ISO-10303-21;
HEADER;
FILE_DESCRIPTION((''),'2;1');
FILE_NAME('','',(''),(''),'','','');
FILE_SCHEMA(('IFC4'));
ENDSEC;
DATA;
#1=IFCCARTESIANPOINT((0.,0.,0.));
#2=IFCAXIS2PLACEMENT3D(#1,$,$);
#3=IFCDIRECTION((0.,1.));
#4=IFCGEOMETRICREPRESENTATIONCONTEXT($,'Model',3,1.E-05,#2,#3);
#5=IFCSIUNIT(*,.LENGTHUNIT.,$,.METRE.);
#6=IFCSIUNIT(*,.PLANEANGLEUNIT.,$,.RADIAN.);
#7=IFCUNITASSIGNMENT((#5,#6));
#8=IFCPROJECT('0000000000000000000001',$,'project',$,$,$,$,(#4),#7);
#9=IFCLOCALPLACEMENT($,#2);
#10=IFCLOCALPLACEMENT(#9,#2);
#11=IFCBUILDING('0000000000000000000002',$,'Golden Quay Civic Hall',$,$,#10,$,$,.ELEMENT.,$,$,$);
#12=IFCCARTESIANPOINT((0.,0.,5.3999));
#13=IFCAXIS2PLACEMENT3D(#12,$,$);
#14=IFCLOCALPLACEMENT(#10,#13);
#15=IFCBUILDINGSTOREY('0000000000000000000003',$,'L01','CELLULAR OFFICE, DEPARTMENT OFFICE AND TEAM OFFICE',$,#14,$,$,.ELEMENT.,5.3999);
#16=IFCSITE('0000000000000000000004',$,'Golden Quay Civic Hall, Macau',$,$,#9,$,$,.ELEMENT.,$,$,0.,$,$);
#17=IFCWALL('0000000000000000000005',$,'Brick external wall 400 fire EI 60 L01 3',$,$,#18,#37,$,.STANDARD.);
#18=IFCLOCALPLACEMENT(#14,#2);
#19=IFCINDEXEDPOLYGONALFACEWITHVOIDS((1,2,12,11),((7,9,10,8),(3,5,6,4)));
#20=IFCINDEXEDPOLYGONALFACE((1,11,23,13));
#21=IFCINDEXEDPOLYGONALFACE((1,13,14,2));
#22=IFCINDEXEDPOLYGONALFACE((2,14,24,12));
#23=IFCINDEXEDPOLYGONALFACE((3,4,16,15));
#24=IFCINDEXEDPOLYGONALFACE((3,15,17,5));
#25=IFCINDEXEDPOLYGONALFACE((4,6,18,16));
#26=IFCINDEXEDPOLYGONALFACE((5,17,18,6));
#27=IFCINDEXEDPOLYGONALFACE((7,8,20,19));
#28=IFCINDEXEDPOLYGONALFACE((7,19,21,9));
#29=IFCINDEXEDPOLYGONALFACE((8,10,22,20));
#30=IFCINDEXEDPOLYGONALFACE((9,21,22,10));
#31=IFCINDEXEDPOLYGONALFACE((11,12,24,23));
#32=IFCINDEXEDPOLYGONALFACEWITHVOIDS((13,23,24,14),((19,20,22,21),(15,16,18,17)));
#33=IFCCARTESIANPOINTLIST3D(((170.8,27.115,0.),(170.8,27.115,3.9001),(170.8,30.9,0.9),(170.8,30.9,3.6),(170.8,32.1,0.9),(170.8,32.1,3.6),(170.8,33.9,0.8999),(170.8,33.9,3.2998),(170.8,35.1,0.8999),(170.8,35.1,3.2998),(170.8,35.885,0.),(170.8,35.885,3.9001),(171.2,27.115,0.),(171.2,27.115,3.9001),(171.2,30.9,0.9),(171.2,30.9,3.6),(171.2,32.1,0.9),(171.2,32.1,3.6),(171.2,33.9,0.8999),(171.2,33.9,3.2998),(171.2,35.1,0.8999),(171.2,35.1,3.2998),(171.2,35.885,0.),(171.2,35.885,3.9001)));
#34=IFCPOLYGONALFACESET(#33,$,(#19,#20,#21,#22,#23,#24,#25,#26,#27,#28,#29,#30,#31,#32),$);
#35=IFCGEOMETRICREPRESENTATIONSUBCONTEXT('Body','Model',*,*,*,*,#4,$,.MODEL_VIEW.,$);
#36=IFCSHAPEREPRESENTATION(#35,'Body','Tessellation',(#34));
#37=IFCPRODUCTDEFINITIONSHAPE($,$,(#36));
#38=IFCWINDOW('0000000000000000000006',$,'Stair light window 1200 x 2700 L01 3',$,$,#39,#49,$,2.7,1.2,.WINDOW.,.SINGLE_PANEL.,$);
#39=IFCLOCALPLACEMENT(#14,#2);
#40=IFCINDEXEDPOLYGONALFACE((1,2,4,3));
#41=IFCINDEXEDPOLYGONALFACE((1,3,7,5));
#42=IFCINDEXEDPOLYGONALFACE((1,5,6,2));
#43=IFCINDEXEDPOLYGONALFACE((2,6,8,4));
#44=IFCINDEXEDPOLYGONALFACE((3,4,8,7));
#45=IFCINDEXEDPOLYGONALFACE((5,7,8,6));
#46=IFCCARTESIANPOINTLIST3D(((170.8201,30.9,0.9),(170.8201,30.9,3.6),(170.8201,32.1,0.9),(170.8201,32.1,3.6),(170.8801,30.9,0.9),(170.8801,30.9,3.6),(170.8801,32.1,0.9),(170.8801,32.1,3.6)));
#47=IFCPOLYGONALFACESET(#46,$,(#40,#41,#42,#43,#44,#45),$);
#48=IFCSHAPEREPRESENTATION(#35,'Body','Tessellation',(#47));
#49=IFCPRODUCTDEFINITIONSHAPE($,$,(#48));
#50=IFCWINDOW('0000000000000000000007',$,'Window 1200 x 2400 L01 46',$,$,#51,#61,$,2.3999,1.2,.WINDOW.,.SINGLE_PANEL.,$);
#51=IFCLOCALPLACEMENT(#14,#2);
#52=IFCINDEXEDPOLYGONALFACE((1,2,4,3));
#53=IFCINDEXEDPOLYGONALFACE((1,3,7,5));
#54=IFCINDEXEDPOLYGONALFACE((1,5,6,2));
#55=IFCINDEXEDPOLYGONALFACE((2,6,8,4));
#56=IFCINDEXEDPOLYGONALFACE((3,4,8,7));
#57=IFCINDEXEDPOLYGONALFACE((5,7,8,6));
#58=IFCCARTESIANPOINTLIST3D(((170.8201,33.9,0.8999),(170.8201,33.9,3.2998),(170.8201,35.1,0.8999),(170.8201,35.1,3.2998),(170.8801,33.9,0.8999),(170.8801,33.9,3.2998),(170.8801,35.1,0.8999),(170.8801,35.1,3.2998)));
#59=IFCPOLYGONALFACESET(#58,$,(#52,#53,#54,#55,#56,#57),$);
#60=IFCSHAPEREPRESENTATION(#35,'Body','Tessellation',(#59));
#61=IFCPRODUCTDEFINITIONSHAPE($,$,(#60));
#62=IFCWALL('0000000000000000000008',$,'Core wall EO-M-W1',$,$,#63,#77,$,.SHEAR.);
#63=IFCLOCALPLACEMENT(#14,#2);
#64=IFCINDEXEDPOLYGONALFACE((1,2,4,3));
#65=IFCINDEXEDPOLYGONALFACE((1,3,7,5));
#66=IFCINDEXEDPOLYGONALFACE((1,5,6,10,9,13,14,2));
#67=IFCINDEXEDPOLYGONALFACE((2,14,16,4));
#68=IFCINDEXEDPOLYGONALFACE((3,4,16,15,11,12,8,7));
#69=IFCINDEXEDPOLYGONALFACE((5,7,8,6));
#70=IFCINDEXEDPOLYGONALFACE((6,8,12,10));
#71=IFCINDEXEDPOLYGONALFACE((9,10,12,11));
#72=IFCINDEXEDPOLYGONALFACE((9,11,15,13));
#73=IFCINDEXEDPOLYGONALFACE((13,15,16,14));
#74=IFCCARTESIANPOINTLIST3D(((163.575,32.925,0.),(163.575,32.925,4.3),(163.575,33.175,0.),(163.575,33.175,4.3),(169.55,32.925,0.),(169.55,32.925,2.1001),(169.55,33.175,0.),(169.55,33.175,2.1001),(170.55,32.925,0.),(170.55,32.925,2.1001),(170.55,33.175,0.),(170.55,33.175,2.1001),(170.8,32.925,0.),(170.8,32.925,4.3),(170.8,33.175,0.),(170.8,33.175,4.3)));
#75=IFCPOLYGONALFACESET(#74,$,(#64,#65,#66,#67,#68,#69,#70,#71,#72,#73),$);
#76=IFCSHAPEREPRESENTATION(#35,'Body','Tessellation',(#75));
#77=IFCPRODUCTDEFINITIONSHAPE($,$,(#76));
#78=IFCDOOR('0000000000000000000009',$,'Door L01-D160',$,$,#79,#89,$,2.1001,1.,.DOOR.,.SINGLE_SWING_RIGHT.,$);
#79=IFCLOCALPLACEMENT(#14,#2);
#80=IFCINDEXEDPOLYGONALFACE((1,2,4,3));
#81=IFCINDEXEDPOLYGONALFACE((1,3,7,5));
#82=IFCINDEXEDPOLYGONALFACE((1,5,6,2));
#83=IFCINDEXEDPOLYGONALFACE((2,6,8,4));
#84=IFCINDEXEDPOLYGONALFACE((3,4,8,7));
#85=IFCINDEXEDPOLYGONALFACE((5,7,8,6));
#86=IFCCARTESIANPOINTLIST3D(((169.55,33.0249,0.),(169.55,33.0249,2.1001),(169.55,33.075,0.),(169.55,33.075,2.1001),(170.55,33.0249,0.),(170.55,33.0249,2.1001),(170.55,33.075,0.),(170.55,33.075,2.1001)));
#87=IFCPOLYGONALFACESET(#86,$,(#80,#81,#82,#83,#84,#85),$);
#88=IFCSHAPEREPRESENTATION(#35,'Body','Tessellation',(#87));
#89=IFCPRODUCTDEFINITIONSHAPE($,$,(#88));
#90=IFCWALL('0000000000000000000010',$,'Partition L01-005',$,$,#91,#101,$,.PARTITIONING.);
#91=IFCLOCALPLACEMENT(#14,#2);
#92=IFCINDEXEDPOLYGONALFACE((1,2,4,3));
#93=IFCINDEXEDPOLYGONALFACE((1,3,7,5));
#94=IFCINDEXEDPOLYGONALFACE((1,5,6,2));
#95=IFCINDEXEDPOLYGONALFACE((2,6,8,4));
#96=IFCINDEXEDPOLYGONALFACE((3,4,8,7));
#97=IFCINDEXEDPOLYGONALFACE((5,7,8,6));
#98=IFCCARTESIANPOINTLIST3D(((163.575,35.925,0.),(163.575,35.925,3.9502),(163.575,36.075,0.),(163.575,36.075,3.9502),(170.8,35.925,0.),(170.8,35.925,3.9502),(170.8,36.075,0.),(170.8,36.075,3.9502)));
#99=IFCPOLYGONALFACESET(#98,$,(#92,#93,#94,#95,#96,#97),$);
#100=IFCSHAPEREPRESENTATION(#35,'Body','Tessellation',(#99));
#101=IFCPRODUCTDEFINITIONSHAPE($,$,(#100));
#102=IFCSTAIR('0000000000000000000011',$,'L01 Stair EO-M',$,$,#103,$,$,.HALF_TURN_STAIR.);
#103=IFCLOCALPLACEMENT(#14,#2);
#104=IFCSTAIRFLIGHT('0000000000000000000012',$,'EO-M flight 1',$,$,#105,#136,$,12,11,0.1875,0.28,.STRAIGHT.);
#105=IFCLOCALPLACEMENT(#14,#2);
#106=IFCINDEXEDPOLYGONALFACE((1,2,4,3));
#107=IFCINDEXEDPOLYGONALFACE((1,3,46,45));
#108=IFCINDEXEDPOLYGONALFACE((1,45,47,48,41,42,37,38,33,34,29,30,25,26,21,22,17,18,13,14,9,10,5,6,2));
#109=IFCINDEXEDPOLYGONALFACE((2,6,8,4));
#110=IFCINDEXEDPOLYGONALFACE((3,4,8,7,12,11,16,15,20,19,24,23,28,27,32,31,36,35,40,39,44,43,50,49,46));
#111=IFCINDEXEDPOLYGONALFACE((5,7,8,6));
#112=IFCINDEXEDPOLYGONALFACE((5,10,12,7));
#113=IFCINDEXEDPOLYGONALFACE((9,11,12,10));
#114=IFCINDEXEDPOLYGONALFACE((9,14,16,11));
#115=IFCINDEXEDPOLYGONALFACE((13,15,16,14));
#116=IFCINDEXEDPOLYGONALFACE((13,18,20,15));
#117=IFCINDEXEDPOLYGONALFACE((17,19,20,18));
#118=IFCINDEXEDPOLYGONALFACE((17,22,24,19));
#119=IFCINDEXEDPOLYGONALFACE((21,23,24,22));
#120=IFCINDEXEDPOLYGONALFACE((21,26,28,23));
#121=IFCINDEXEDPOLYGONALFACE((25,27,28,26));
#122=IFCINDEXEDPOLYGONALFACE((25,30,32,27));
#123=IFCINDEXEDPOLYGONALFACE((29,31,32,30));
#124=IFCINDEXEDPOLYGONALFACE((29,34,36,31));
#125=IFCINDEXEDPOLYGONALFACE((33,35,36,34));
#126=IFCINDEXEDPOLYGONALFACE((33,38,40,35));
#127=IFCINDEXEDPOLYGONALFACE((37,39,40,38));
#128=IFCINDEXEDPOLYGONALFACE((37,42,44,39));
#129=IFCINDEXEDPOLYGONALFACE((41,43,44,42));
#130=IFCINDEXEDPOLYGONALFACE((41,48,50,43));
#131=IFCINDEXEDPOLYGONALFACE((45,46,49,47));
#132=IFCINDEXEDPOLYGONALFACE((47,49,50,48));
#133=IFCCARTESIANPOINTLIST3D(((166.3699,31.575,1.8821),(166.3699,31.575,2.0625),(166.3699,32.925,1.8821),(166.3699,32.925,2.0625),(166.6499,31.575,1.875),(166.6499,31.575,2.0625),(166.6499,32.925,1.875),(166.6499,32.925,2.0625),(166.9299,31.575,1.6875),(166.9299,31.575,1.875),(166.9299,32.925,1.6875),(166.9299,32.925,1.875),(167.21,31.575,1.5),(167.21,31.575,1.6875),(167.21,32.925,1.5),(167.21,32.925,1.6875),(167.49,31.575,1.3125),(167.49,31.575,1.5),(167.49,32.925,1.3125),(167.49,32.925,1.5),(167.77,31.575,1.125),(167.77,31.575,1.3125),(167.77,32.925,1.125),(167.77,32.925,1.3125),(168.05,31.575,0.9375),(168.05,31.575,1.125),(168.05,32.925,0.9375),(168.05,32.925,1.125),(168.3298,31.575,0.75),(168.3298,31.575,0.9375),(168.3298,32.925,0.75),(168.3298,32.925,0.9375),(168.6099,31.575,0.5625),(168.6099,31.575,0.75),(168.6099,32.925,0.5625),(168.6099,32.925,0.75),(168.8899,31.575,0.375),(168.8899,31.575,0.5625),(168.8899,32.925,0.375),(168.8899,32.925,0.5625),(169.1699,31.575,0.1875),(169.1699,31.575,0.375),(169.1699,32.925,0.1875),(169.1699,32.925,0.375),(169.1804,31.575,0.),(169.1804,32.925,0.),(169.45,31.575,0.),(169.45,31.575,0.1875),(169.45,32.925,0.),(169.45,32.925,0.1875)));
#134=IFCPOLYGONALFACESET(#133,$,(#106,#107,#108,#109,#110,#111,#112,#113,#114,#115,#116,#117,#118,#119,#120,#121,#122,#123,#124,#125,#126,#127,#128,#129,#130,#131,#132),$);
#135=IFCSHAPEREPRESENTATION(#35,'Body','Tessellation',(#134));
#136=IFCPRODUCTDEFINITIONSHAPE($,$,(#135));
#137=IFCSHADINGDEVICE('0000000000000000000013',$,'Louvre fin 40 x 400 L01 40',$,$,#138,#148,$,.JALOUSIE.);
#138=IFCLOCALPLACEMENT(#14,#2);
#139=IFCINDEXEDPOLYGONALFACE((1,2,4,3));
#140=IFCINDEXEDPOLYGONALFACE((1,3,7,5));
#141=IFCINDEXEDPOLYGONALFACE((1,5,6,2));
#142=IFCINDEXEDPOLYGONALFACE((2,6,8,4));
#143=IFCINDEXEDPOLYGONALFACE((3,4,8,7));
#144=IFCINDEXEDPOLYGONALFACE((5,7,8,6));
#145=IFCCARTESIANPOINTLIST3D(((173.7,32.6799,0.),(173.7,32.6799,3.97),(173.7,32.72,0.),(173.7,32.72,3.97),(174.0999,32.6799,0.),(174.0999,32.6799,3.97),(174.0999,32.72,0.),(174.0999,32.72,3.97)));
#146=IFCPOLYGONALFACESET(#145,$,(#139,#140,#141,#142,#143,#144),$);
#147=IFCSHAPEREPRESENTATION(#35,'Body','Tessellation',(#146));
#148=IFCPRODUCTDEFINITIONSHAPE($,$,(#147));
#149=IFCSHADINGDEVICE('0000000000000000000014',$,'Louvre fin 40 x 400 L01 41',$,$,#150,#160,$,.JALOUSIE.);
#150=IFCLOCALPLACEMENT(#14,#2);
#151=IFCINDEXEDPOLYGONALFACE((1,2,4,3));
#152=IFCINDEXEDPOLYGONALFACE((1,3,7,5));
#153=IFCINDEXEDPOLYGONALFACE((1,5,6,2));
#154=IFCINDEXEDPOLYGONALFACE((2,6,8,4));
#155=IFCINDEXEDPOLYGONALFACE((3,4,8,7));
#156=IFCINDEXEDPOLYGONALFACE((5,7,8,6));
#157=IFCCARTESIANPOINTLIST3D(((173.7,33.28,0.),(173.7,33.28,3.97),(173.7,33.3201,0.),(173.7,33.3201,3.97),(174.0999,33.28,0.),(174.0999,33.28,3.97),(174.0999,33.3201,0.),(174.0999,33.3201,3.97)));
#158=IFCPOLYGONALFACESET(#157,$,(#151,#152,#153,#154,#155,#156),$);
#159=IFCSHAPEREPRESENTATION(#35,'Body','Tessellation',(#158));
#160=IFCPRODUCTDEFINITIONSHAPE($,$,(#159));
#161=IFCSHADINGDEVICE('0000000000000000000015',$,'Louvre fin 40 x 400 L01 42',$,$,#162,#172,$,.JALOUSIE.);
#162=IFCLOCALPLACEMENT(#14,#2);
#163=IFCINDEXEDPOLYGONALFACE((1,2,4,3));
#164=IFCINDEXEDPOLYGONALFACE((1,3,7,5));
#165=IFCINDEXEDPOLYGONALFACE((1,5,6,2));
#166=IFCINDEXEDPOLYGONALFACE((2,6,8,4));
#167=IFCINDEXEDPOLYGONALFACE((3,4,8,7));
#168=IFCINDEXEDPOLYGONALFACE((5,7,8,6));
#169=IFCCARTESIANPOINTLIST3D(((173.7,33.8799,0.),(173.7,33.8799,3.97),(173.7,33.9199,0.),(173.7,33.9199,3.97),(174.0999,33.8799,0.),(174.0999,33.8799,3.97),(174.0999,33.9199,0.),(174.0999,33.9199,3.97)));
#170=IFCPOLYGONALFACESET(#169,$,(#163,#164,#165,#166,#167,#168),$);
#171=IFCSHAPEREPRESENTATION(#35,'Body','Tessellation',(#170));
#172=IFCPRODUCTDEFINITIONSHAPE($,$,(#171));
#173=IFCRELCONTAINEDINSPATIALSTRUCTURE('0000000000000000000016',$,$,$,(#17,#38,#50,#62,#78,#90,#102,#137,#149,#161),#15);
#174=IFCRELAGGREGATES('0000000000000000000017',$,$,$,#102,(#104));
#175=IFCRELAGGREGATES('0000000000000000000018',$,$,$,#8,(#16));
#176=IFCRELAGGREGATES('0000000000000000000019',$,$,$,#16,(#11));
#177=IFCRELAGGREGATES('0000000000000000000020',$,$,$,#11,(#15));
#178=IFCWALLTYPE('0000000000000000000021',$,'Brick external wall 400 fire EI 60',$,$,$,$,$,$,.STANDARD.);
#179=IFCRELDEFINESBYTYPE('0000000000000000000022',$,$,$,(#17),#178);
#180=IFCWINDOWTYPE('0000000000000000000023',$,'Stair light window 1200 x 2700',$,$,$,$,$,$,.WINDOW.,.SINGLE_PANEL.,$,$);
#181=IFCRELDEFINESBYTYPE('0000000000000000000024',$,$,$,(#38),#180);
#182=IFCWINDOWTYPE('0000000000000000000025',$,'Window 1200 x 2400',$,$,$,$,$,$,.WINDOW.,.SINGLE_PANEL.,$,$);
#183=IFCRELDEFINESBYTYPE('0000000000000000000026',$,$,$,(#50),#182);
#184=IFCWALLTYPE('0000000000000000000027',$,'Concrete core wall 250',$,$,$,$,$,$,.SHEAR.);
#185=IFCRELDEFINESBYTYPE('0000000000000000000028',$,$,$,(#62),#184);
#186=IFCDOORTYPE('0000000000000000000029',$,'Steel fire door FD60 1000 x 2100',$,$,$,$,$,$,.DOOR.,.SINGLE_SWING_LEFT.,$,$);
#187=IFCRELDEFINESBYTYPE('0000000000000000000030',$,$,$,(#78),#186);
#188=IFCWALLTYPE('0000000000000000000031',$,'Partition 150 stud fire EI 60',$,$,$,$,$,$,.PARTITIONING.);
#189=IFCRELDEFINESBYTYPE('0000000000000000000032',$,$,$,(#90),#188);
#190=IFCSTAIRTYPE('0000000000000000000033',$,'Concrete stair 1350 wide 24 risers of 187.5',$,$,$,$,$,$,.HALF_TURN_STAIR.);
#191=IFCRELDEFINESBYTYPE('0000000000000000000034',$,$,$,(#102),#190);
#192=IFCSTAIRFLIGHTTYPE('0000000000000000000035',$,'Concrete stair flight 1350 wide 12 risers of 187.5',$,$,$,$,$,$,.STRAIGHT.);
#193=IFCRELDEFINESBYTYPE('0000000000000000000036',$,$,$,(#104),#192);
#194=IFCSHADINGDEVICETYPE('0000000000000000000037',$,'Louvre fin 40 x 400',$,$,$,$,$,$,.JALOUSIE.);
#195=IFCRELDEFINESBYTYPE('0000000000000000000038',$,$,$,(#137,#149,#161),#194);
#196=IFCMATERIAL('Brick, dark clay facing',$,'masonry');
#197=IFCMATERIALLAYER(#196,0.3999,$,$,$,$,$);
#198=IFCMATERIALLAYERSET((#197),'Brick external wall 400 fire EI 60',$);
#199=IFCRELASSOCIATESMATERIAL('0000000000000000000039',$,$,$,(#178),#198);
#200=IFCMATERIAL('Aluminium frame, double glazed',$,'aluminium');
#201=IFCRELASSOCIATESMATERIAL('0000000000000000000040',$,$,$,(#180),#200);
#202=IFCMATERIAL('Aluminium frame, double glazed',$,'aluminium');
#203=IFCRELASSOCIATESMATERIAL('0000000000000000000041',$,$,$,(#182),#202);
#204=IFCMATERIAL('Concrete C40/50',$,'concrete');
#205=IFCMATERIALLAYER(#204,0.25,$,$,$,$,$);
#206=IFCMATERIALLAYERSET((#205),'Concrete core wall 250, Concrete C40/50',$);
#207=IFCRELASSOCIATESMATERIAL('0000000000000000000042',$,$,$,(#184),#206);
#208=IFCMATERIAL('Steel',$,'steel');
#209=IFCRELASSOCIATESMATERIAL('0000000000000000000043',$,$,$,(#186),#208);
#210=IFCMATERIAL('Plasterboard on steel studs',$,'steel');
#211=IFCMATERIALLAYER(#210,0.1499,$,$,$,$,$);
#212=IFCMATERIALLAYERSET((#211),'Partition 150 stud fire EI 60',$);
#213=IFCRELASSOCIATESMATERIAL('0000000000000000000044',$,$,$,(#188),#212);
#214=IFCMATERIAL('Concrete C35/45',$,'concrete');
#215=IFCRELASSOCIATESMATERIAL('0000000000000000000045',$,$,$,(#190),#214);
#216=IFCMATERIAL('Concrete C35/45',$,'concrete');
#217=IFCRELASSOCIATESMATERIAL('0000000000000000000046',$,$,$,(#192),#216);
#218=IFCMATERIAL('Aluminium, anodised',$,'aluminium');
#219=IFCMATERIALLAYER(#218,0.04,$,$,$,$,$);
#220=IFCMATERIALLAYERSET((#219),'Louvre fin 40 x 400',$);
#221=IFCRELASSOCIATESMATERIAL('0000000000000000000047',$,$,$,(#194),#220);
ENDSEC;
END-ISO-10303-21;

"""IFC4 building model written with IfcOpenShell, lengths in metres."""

from ifc_helpers import new_model, si_unit, direction, frame, frame_2d, origin, origin_2d, place, context, subcontext, project, spatial, polyline, rectangle, outline, extrude, material, layer, layer_set, type_object, element, fill, aggregate, save


model = new_model("IFC4")

# Units and contexts
model_context = context("Model", 3, precision=1e-05, world=origin(), true_north=direction((0.0, 1.0)))
body_context = subcontext(model_context, "Body", "Model", "MODEL_VIEW")
ifc_project = project(units=[si_unit("LENGTHUNIT", "METRE"), si_unit("PLANEANGLEUNIT", "RADIAN")], contexts=[model_context])

# Site, building, storey
site_placement = place(None, origin())
site = spatial("IfcSite", under=ifc_project, at=site_placement, Name="Golden Quay Civic Hall, Macau", CompositionType="ELEMENT", RefElevation=0.0)
building_placement = place(site_placement, origin())
building = spatial("IfcBuilding", under=site, at=building_placement, Name="Golden Quay Civic Hall", CompositionType="ELEMENT")
storey_placement = place(building_placement, frame((0.0, 0.0, 5.3999)))
storey = spatial("IfcBuildingStorey", under=building, at=storey_placement, Name="L01", Description="CELLULAR OFFICE, DEPARTMENT OFFICE AND TEAM OFFICE", CompositionType="ELEMENT", Elevation=5.3999)

# Wall, openings, windows
ifc_material_1 = material(Name="Brick, dark clay facing", Category="masonry")
ifc_layer_1 = layer(ifc_material_1, 0.3999)
ifc_layer_set_1 = layer_set([ifc_layer_1], Name="Brick external wall 400 fire EI 60")
wall_type_1 = type_object("IfcWallType", Name="Brick external wall 400 fire EI 60", PredefinedType="STANDARD", material=ifc_layer_set_1)
wall_1_placement = place(storey_placement, frame((171.0, 35.885, 0.0), z_axis=(0.0, 0.0, 1.0), x_axis=(0.0, -1.0, 0.0)))
wall_1 = element("IfcWall", 1, at=wall_1_placement, inside=storey, type_object=wall_type_1, Name="Brick external wall 400 fire EI 60 L01 3", PredefinedType="STANDARD", context=body_context, shape_type="SweptSolid", body=[
    extrude(rectangle(XDim=8.77, YDim=0.3999, at=frame_2d((4.385, 0.0))), origin(), (0.0, 0.0, 1.0), 3.9001),
])
opening_1_placement = place(wall_1_placement, frame((3.7849, 0.0, 0.8999)))
opening_1 = element("IfcOpeningElement", 2, at=opening_1_placement, cuts=wall_1, PredefinedType="OPENING", context=body_context, shape_type="SweptSolid", body=[
    extrude(rectangle(XDim=1.2, YDim=2.7, at=frame_2d((0.6001, 1.3501))), frame((0.0, 0.21, 0.0), z_axis=(0.0, -1.0, 0.0), x_axis=(1.0, 0.0, 0.0)), (0.0, 0.0, 1.0), 0.4199),
])
opening_2_placement = place(wall_1_placement, frame((0.7849, 0.0, 0.8999)))
opening_2 = element("IfcOpeningElement", 3, at=opening_2_placement, cuts=wall_1, PredefinedType="OPENING", context=body_context, shape_type="SweptSolid", body=[
    extrude(rectangle(XDim=1.2, YDim=2.3999, at=frame_2d((0.6001, 1.2))), frame((0.0, 0.21, 0.0), z_axis=(0.0, -1.0, 0.0), x_axis=(1.0, 0.0, 0.0)), (0.0, 0.0, 1.0), 0.4199),
])
ifc_material_2 = material(Name="Aluminium frame, double glazed", Category="aluminium")
window_type_1 = type_object("IfcWindowType", Name="Stair light window 1200 x 2700", PartitioningType="SINGLE_PANEL", PredefinedType="WINDOW", material=ifc_material_2)
window_1_placement = place(opening_1_placement, origin())
window_1 = element("IfcWindow", 4, at=window_1_placement, inside=storey, type_object=window_type_1, Name="Stair light window 1200 x 2700 L01 3", OverallHeight=2.7, OverallWidth=1.2, PartitioningType="SINGLE_PANEL", PredefinedType="WINDOW", context=body_context, shape_type="SweptSolid", body=[
    extrude(rectangle(XDim=1.2, YDim=2.7, at=frame_2d((0.6001, 1.3501))), frame((0.0, -0.1199, 0.0), z_axis=(0.0, -1.0, 0.0), x_axis=(1.0, 0.0, 0.0)), (0.0, 0.0, 1.0), 0.0601),
])
fill(opening_1, window_1)
ifc_material_3 = material(Name="Aluminium frame, double glazed", Category="aluminium")
window_type_2 = type_object("IfcWindowType", Name="Window 1200 x 2400", PartitioningType="SINGLE_PANEL", PredefinedType="WINDOW", material=ifc_material_3)
window_2_placement = place(opening_2_placement, origin())
window_2 = element("IfcWindow", 5, at=window_2_placement, inside=storey, type_object=window_type_2, Name="Window 1200 x 2400 L01 46", OverallHeight=2.3999, OverallWidth=1.2, PartitioningType="SINGLE_PANEL", PredefinedType="WINDOW", context=body_context, shape_type="SweptSolid", body=[
    extrude(rectangle(XDim=1.2, YDim=2.3999, at=frame_2d((0.6001, 1.2))), frame((0.0, -0.1199, 0.0), z_axis=(0.0, -1.0, 0.0), x_axis=(1.0, 0.0, 0.0)), (0.0, 0.0, 1.0), 0.0601),
])
fill(opening_2, window_2)

# Wall, opening, door
ifc_material_4 = material(Name="Concrete C40/50", Category="concrete")
ifc_layer_2 = layer(ifc_material_4, 0.25)
ifc_layer_set_2 = layer_set([ifc_layer_2], Name="Concrete core wall 250, Concrete C40/50")
wall_type_2 = type_object("IfcWallType", Name="Concrete core wall 250", PredefinedType="SHEAR", material=ifc_layer_set_2)
wall_2_placement = place(storey_placement, frame((163.575, 33.05, 0.0), z_axis=(0.0, 0.0, 1.0), x_axis=(1.0, 0.0, 0.0)))
wall_2 = element("IfcWall", 6, at=wall_2_placement, inside=storey, type_object=wall_type_2, Name="Core wall EO-M-W1", PredefinedType="SHEAR", context=body_context, shape_type="SweptSolid", body=[
    extrude(rectangle(XDim=7.2251, YDim=0.25, at=frame_2d((3.6125, 0.0))), origin(), (0.0, 0.0, 1.0), 4.3),
])
opening_3_placement = place(wall_2_placement, frame((5.9751, 0.0, 0.0)))
opening_3 = element("IfcOpeningElement", 7, at=opening_3_placement, cuts=wall_2, PredefinedType="OPENING", context=body_context, shape_type="SweptSolid", body=[
    extrude(rectangle(XDim=1.0, YDim=2.1001, at=frame_2d((0.5, 1.05))), frame((0.0, 0.135, 0.0), z_axis=(0.0, -1.0, 0.0), x_axis=(1.0, 0.0, 0.0)), (0.0, 0.0, 1.0), 0.27),
])
ifc_material_5 = material(Name="Steel", Category="steel")
door_type = type_object("IfcDoorType", Name="Steel fire door FD60 1000 x 2100", OperationType="SINGLE_SWING_LEFT", PredefinedType="DOOR", material=ifc_material_5)
door_placement = place(opening_3_placement, frame((1.0, 0.0, 0.0), z_axis=(0.0, 0.0, 1.0), x_axis=(-1.0, 0.0, 0.0)))
door = element("IfcDoor", 8, at=door_placement, inside=storey, type_object=door_type, Name="Door L01-D160", OperationType="SINGLE_SWING_RIGHT", OverallHeight=2.1001, OverallWidth=1.0, PredefinedType="DOOR", context=body_context, shape_type="SweptSolid", body=[
    extrude(rectangle(XDim=1.0, YDim=2.1001, at=frame_2d((0.5, 1.05))), frame((0.0, 0.0251, 0.0), z_axis=(0.0, -1.0, 0.0), x_axis=(1.0, 0.0, 0.0)), (0.0, 0.0, 1.0), 0.05),
])
fill(opening_3, door)

# Wall
ifc_material_6 = material(Name="Plasterboard on steel studs", Category="steel")
ifc_layer_3 = layer(ifc_material_6, 0.1499)
ifc_layer_set_3 = layer_set([ifc_layer_3], Name="Partition 150 stud fire EI 60")
wall_type_3 = type_object("IfcWallType", Name="Partition 150 stud fire EI 60", PredefinedType="PARTITIONING", material=ifc_layer_set_3)
wall_3_placement = place(storey_placement, frame((163.575, 36.0, 0.0), z_axis=(0.0, 0.0, 1.0), x_axis=(1.0, 0.0, 0.0)))
element("IfcWall", 9, at=wall_3_placement, inside=storey, type_object=wall_type_3, Name="Partition L01-005", PredefinedType="PARTITIONING", context=body_context, shape_type="SweptSolid", body=[
    extrude(rectangle(XDim=7.2251, YDim=0.1499, at=frame_2d((3.6125, 0.0))), origin(), (0.0, 0.0, 1.0), 3.9502),
])

# Stair, stair flight
ifc_material_7 = material(Name="Concrete C35/45", Category="concrete")
stair_type = type_object("IfcStairType", Name="Concrete stair 1350 wide 24 risers of 187.5", PredefinedType="HALF_TURN_STAIR", material=ifc_material_7)
stair_placement = place(storey_placement, origin())
stair = element("IfcStair", 10, at=stair_placement, inside=storey, type_object=stair_type, Name="L01 Stair EO-M", PredefinedType="HALF_TURN_STAIR")
ifc_material_8 = material(Name="Concrete C35/45", Category="concrete")
stair_flight_type = type_object("IfcStairFlightType", Name="Concrete stair flight 1350 wide 12 risers of 187.5", PredefinedType="STRAIGHT", material=ifc_material_8)
stair_flight_placement = place(storey_placement, frame((169.45, 32.25, 0.0), z_axis=(0.0, 0.0, 1.0), x_axis=(-1.0, 0.0, 0.0)))
stair_flight = element("IfcStairFlight", 11, at=stair_flight_placement, type_object=stair_flight_type, Name="EO-M flight 1", NumberOfRisers=12, NumberOfTreads=11, PredefinedType="STRAIGHT", RiserHeight=0.1875, TreadLength=0.28, context=body_context, shape_type="SweptSolid", body=[
    extrude(outline(polyline([(0.0, 0.0), (0.0, 0.1875), (0.28, 0.1875), (0.28, 0.375), (0.5601, 0.375), (0.5601, 0.5625), (0.8401, 0.5625), (0.8401, 0.75), (1.1201, 0.75), (1.1201, 0.9375), (1.3999, 0.9375), (1.3999, 1.125), (1.6799, 1.125), (1.6799, 1.3125), (1.96, 1.3125), (1.96, 1.5), (2.24, 1.5), (2.24, 1.6875), (2.52, 1.6875), (2.52, 1.875), (2.8, 1.875), (2.8, 2.0625), (3.0801, 2.0625), (3.0801, 2.25), (3.0801, 1.8821), (0.2695, 0.0), (0.0, 0.0)])), frame((0.0, 0.675, 0.0), z_axis=(0.0, -1.0, 0.0), x_axis=(1.0, 0.0, 0.0)), (0.0, 0.0, 1.0), 1.35),
])
aggregate(stair, [stair_flight])

# Shading devices
ifc_material_9 = material(Name="Aluminium, anodised", Category="aluminium")
ifc_layer_4 = layer(ifc_material_9, 0.04)
ifc_layer_set_4 = layer_set([ifc_layer_4], Name="Louvre fin 40 x 400")
shading_device_type = type_object("IfcShadingDeviceType", Name="Louvre fin 40 x 400", PredefinedType="JALOUSIE", material=ifc_layer_set_4)
for number, where, z_axis, x_axis, name in (
    (12, (173.8999, 32.7, 0.0), (0.0, 0.0, 1.0), (0.0, 1.0, 0.0), "Louvre fin 40 x 400 L01 40"),
    (13, (173.8999, 33.3, 0.0), (0.0, 0.0, 1.0), (0.0, 1.0, 0.0), "Louvre fin 40 x 400 L01 41"),
    (14, (173.8999, 33.8999, 0.0), (0.0, 0.0, 1.0), (0.0, 1.0, 0.0), "Louvre fin 40 x 400 L01 42"),
):
    element("IfcShadingDevice", number, at=place(storey_placement, frame(where, z_axis=z_axis, x_axis=x_axis)), inside=storey, type_object=shading_device_type, Name=name, PredefinedType="JALOUSIE", context=body_context, shape_type="SweptSolid", body=[
        extrude(rectangle(XDim=0.04, YDim=0.3999, at=origin_2d()), origin(), (0.0, 0.0, 1.0), 3.97),
    ])

save(model, "model.ifc")
